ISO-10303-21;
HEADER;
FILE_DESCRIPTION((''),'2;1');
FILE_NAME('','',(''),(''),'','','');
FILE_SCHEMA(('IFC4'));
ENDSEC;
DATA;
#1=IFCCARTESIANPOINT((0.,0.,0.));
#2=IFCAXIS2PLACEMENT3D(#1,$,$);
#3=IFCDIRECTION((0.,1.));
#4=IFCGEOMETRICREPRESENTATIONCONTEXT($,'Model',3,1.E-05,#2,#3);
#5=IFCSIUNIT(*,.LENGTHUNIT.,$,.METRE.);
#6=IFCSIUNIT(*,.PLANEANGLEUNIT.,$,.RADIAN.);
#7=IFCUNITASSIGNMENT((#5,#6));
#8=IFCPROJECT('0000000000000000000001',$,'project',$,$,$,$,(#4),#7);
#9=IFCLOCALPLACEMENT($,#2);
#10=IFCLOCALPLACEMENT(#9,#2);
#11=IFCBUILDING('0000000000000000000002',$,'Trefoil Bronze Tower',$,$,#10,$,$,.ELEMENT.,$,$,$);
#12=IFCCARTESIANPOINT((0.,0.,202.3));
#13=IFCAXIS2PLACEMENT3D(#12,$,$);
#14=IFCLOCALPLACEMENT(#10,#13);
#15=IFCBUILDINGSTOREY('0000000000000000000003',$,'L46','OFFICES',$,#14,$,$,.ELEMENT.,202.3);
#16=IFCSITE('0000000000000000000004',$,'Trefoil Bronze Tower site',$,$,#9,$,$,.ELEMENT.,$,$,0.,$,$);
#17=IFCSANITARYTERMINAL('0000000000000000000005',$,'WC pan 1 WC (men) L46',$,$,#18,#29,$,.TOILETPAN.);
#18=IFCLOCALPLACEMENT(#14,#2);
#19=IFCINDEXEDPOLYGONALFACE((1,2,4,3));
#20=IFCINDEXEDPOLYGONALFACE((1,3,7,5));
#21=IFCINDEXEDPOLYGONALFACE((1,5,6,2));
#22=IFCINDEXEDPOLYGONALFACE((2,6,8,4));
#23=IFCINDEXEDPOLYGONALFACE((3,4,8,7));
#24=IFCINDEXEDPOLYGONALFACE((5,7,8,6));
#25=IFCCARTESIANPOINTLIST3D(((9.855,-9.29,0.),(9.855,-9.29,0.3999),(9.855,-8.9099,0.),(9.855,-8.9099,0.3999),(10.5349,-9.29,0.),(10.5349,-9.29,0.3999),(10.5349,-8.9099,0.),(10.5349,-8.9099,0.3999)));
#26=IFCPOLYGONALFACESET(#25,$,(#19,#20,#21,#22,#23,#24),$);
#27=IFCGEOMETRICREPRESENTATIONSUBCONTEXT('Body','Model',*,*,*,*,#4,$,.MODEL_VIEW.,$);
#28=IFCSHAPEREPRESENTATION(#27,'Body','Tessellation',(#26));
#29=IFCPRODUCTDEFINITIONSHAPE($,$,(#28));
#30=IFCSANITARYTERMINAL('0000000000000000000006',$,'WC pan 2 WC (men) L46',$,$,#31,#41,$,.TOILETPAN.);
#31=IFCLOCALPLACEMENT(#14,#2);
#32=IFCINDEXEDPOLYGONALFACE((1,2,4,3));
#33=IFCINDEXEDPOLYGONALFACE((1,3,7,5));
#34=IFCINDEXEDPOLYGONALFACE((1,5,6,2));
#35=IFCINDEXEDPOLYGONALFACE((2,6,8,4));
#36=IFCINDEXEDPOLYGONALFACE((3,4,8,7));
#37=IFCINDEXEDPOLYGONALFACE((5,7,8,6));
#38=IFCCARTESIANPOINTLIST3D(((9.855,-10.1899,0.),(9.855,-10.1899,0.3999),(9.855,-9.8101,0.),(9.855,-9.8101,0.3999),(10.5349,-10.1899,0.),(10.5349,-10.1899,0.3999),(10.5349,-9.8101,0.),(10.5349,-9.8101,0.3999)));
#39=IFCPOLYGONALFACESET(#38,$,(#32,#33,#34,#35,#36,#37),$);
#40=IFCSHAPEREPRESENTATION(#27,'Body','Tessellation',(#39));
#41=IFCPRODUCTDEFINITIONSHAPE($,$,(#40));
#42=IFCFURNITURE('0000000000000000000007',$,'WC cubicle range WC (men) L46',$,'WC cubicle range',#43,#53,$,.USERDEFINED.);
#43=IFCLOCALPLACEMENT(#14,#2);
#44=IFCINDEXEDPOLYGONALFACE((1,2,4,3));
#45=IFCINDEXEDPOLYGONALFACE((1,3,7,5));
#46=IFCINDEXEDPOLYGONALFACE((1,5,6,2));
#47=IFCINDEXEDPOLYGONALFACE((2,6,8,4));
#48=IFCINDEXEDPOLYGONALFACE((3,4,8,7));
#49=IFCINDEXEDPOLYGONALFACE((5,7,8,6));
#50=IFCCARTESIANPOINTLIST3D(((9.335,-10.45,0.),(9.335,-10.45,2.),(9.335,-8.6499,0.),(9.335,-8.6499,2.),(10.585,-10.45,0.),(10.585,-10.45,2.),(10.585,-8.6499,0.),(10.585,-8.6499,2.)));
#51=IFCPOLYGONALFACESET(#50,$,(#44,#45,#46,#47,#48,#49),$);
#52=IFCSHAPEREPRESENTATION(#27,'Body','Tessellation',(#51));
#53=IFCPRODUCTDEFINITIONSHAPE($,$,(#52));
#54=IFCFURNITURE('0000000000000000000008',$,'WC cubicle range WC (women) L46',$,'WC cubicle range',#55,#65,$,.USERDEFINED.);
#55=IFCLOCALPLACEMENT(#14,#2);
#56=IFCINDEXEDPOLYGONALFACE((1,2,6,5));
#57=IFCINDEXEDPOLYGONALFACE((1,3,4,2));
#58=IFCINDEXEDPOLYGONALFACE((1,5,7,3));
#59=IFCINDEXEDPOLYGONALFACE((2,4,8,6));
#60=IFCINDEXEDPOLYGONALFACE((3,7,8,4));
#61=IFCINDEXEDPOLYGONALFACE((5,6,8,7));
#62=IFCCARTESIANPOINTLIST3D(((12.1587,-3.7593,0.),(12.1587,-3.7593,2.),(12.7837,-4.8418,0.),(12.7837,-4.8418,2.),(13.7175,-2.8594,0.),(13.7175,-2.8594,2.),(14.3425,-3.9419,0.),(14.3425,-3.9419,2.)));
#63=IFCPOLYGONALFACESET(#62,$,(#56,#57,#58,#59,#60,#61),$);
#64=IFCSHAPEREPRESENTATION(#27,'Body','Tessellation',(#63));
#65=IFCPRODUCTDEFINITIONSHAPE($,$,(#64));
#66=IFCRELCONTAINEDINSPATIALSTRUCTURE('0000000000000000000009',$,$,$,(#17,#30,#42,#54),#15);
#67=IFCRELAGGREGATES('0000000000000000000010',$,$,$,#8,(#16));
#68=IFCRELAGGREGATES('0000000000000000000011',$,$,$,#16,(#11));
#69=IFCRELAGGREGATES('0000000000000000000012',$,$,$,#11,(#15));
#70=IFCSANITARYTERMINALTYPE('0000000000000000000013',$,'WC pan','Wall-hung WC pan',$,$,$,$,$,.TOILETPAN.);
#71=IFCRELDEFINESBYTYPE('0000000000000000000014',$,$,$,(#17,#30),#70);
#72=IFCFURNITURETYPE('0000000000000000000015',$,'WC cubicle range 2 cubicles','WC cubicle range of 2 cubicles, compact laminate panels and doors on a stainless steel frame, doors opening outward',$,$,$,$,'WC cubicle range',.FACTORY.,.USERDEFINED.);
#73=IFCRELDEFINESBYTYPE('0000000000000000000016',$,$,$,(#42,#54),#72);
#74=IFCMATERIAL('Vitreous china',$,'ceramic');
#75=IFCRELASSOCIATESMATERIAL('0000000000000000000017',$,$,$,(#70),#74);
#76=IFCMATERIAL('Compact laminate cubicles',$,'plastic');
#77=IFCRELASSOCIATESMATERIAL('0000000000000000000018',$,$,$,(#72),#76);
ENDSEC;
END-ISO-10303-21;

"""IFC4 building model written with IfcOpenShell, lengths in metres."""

from ifc_helpers import new_model, si_unit, direction, frame, origin, place, context, subcontext, project, spatial, polyline, outline, extrude, material, type_object, element, save


model = new_model("IFC4")

# Units and contexts
model_context = context("Model", 3, precision=1e-05, world=origin(), true_north=direction((0.0, 1.0)))
body_context = subcontext(model_context, "Body", "Model", "MODEL_VIEW")
ifc_project = project(units=[si_unit("LENGTHUNIT", "METRE"), si_unit("PLANEANGLEUNIT", "RADIAN")], contexts=[model_context])

# Site, building, storey
site_placement = place(None, origin())
site = spatial("IfcSite", under=ifc_project, at=site_placement, Name="Trefoil Bronze Tower site", CompositionType="ELEMENT", RefElevation=0.0)
building_placement = place(site_placement, origin())
building = spatial("IfcBuilding", under=site, at=building_placement, Name="Trefoil Bronze Tower", CompositionType="ELEMENT")
storey_placement = place(building_placement, frame((0.0, 0.0, 202.3)))
storey = spatial("IfcBuildingStorey", under=building, at=storey_placement, Name="L46", Description="OFFICES", CompositionType="ELEMENT", Elevation=202.3)

# Sanitary terminals
ifc_material_1 = material(Name="Vitreous china", Category="ceramic")
sanitary_terminal_type_1 = type_object("IfcSanitaryTerminalType", Name="WC pan", Description="Wall-hung WC pan", PredefinedType="TOILETPAN", material=ifc_material_1)
sanitary_terminal_1_placement = place(storey_placement, origin())
element("IfcSanitaryTerminal", 1, at=sanitary_terminal_1_placement, inside=storey, type_object=sanitary_terminal_type_1, Name="WC pan 1 WC (men) L46", PredefinedType="TOILETPAN", context=body_context, shape_type="SweptSolid", body=[
    extrude(outline(polyline([(9.855, -8.9099), (10.5349, -8.9099), (10.5349, -9.29), (9.855, -9.29), (9.855, -8.9099)])), origin(), (0.0, 0.0, 1.0), 0.3999),
])
sanitary_terminal_2_placement = place(storey_placement, origin())
element("IfcSanitaryTerminal", 2, at=sanitary_terminal_2_placement, inside=storey, type_object=sanitary_terminal_type_1, Name="WC pan 2 WC (men) L46", PredefinedType="TOILETPAN", context=body_context, shape_type="SweptSolid", body=[
    extrude(outline(polyline([(9.855, -9.8101), (10.5349, -9.8101), (10.5349, -10.1899), (9.855, -10.1899), (9.855, -9.8101)])), origin(), (0.0, 0.0, 1.0), 0.3999),
])

# Furniture
ifc_material_2 = material(Name="Compact laminate cubicles", Category="plastic")
furniture_type = type_object("IfcFurnitureType", Name="WC cubicle range 2 cubicles", Description="WC cubicle range of 2 cubicles, compact laminate panels and doors on a stainless steel frame, doors opening outward", ElementType="WC cubicle range", AssemblyPlace="FACTORY", PredefinedType="USERDEFINED", material=ifc_material_2)
furniture_1_placement = place(storey_placement, origin())
element("IfcFurniture", 3, at=furniture_1_placement, inside=storey, type_object=furniture_type, Name="WC cubicle range WC (men) L46", ObjectType="WC cubicle range", PredefinedType="USERDEFINED", context=body_context, shape_type="SweptSolid", body=[
    extrude(outline(polyline([(9.335, -8.6499), (10.585, -8.6499), (10.585, -10.45), (9.335, -10.45), (9.335, -8.6499)])), origin(), (0.0, 0.0, 1.0), 2.0),
])
furniture_2_placement = place(storey_placement, origin())
element("IfcFurniture", 4, at=furniture_2_placement, inside=storey, type_object=furniture_type, Name="WC cubicle range WC (women) L46", ObjectType="WC cubicle range", PredefinedType="USERDEFINED", context=body_context, shape_type="SweptSolid", body=[
    extrude(outline(polyline([(12.1587, -3.7593), (12.7837, -4.8418), (14.3425, -3.9419), (13.7175, -2.8594), (12.1587, -3.7593)])), origin(), (0.0, 0.0, 1.0), 2.0),
])

save(model, "model.ifc")
